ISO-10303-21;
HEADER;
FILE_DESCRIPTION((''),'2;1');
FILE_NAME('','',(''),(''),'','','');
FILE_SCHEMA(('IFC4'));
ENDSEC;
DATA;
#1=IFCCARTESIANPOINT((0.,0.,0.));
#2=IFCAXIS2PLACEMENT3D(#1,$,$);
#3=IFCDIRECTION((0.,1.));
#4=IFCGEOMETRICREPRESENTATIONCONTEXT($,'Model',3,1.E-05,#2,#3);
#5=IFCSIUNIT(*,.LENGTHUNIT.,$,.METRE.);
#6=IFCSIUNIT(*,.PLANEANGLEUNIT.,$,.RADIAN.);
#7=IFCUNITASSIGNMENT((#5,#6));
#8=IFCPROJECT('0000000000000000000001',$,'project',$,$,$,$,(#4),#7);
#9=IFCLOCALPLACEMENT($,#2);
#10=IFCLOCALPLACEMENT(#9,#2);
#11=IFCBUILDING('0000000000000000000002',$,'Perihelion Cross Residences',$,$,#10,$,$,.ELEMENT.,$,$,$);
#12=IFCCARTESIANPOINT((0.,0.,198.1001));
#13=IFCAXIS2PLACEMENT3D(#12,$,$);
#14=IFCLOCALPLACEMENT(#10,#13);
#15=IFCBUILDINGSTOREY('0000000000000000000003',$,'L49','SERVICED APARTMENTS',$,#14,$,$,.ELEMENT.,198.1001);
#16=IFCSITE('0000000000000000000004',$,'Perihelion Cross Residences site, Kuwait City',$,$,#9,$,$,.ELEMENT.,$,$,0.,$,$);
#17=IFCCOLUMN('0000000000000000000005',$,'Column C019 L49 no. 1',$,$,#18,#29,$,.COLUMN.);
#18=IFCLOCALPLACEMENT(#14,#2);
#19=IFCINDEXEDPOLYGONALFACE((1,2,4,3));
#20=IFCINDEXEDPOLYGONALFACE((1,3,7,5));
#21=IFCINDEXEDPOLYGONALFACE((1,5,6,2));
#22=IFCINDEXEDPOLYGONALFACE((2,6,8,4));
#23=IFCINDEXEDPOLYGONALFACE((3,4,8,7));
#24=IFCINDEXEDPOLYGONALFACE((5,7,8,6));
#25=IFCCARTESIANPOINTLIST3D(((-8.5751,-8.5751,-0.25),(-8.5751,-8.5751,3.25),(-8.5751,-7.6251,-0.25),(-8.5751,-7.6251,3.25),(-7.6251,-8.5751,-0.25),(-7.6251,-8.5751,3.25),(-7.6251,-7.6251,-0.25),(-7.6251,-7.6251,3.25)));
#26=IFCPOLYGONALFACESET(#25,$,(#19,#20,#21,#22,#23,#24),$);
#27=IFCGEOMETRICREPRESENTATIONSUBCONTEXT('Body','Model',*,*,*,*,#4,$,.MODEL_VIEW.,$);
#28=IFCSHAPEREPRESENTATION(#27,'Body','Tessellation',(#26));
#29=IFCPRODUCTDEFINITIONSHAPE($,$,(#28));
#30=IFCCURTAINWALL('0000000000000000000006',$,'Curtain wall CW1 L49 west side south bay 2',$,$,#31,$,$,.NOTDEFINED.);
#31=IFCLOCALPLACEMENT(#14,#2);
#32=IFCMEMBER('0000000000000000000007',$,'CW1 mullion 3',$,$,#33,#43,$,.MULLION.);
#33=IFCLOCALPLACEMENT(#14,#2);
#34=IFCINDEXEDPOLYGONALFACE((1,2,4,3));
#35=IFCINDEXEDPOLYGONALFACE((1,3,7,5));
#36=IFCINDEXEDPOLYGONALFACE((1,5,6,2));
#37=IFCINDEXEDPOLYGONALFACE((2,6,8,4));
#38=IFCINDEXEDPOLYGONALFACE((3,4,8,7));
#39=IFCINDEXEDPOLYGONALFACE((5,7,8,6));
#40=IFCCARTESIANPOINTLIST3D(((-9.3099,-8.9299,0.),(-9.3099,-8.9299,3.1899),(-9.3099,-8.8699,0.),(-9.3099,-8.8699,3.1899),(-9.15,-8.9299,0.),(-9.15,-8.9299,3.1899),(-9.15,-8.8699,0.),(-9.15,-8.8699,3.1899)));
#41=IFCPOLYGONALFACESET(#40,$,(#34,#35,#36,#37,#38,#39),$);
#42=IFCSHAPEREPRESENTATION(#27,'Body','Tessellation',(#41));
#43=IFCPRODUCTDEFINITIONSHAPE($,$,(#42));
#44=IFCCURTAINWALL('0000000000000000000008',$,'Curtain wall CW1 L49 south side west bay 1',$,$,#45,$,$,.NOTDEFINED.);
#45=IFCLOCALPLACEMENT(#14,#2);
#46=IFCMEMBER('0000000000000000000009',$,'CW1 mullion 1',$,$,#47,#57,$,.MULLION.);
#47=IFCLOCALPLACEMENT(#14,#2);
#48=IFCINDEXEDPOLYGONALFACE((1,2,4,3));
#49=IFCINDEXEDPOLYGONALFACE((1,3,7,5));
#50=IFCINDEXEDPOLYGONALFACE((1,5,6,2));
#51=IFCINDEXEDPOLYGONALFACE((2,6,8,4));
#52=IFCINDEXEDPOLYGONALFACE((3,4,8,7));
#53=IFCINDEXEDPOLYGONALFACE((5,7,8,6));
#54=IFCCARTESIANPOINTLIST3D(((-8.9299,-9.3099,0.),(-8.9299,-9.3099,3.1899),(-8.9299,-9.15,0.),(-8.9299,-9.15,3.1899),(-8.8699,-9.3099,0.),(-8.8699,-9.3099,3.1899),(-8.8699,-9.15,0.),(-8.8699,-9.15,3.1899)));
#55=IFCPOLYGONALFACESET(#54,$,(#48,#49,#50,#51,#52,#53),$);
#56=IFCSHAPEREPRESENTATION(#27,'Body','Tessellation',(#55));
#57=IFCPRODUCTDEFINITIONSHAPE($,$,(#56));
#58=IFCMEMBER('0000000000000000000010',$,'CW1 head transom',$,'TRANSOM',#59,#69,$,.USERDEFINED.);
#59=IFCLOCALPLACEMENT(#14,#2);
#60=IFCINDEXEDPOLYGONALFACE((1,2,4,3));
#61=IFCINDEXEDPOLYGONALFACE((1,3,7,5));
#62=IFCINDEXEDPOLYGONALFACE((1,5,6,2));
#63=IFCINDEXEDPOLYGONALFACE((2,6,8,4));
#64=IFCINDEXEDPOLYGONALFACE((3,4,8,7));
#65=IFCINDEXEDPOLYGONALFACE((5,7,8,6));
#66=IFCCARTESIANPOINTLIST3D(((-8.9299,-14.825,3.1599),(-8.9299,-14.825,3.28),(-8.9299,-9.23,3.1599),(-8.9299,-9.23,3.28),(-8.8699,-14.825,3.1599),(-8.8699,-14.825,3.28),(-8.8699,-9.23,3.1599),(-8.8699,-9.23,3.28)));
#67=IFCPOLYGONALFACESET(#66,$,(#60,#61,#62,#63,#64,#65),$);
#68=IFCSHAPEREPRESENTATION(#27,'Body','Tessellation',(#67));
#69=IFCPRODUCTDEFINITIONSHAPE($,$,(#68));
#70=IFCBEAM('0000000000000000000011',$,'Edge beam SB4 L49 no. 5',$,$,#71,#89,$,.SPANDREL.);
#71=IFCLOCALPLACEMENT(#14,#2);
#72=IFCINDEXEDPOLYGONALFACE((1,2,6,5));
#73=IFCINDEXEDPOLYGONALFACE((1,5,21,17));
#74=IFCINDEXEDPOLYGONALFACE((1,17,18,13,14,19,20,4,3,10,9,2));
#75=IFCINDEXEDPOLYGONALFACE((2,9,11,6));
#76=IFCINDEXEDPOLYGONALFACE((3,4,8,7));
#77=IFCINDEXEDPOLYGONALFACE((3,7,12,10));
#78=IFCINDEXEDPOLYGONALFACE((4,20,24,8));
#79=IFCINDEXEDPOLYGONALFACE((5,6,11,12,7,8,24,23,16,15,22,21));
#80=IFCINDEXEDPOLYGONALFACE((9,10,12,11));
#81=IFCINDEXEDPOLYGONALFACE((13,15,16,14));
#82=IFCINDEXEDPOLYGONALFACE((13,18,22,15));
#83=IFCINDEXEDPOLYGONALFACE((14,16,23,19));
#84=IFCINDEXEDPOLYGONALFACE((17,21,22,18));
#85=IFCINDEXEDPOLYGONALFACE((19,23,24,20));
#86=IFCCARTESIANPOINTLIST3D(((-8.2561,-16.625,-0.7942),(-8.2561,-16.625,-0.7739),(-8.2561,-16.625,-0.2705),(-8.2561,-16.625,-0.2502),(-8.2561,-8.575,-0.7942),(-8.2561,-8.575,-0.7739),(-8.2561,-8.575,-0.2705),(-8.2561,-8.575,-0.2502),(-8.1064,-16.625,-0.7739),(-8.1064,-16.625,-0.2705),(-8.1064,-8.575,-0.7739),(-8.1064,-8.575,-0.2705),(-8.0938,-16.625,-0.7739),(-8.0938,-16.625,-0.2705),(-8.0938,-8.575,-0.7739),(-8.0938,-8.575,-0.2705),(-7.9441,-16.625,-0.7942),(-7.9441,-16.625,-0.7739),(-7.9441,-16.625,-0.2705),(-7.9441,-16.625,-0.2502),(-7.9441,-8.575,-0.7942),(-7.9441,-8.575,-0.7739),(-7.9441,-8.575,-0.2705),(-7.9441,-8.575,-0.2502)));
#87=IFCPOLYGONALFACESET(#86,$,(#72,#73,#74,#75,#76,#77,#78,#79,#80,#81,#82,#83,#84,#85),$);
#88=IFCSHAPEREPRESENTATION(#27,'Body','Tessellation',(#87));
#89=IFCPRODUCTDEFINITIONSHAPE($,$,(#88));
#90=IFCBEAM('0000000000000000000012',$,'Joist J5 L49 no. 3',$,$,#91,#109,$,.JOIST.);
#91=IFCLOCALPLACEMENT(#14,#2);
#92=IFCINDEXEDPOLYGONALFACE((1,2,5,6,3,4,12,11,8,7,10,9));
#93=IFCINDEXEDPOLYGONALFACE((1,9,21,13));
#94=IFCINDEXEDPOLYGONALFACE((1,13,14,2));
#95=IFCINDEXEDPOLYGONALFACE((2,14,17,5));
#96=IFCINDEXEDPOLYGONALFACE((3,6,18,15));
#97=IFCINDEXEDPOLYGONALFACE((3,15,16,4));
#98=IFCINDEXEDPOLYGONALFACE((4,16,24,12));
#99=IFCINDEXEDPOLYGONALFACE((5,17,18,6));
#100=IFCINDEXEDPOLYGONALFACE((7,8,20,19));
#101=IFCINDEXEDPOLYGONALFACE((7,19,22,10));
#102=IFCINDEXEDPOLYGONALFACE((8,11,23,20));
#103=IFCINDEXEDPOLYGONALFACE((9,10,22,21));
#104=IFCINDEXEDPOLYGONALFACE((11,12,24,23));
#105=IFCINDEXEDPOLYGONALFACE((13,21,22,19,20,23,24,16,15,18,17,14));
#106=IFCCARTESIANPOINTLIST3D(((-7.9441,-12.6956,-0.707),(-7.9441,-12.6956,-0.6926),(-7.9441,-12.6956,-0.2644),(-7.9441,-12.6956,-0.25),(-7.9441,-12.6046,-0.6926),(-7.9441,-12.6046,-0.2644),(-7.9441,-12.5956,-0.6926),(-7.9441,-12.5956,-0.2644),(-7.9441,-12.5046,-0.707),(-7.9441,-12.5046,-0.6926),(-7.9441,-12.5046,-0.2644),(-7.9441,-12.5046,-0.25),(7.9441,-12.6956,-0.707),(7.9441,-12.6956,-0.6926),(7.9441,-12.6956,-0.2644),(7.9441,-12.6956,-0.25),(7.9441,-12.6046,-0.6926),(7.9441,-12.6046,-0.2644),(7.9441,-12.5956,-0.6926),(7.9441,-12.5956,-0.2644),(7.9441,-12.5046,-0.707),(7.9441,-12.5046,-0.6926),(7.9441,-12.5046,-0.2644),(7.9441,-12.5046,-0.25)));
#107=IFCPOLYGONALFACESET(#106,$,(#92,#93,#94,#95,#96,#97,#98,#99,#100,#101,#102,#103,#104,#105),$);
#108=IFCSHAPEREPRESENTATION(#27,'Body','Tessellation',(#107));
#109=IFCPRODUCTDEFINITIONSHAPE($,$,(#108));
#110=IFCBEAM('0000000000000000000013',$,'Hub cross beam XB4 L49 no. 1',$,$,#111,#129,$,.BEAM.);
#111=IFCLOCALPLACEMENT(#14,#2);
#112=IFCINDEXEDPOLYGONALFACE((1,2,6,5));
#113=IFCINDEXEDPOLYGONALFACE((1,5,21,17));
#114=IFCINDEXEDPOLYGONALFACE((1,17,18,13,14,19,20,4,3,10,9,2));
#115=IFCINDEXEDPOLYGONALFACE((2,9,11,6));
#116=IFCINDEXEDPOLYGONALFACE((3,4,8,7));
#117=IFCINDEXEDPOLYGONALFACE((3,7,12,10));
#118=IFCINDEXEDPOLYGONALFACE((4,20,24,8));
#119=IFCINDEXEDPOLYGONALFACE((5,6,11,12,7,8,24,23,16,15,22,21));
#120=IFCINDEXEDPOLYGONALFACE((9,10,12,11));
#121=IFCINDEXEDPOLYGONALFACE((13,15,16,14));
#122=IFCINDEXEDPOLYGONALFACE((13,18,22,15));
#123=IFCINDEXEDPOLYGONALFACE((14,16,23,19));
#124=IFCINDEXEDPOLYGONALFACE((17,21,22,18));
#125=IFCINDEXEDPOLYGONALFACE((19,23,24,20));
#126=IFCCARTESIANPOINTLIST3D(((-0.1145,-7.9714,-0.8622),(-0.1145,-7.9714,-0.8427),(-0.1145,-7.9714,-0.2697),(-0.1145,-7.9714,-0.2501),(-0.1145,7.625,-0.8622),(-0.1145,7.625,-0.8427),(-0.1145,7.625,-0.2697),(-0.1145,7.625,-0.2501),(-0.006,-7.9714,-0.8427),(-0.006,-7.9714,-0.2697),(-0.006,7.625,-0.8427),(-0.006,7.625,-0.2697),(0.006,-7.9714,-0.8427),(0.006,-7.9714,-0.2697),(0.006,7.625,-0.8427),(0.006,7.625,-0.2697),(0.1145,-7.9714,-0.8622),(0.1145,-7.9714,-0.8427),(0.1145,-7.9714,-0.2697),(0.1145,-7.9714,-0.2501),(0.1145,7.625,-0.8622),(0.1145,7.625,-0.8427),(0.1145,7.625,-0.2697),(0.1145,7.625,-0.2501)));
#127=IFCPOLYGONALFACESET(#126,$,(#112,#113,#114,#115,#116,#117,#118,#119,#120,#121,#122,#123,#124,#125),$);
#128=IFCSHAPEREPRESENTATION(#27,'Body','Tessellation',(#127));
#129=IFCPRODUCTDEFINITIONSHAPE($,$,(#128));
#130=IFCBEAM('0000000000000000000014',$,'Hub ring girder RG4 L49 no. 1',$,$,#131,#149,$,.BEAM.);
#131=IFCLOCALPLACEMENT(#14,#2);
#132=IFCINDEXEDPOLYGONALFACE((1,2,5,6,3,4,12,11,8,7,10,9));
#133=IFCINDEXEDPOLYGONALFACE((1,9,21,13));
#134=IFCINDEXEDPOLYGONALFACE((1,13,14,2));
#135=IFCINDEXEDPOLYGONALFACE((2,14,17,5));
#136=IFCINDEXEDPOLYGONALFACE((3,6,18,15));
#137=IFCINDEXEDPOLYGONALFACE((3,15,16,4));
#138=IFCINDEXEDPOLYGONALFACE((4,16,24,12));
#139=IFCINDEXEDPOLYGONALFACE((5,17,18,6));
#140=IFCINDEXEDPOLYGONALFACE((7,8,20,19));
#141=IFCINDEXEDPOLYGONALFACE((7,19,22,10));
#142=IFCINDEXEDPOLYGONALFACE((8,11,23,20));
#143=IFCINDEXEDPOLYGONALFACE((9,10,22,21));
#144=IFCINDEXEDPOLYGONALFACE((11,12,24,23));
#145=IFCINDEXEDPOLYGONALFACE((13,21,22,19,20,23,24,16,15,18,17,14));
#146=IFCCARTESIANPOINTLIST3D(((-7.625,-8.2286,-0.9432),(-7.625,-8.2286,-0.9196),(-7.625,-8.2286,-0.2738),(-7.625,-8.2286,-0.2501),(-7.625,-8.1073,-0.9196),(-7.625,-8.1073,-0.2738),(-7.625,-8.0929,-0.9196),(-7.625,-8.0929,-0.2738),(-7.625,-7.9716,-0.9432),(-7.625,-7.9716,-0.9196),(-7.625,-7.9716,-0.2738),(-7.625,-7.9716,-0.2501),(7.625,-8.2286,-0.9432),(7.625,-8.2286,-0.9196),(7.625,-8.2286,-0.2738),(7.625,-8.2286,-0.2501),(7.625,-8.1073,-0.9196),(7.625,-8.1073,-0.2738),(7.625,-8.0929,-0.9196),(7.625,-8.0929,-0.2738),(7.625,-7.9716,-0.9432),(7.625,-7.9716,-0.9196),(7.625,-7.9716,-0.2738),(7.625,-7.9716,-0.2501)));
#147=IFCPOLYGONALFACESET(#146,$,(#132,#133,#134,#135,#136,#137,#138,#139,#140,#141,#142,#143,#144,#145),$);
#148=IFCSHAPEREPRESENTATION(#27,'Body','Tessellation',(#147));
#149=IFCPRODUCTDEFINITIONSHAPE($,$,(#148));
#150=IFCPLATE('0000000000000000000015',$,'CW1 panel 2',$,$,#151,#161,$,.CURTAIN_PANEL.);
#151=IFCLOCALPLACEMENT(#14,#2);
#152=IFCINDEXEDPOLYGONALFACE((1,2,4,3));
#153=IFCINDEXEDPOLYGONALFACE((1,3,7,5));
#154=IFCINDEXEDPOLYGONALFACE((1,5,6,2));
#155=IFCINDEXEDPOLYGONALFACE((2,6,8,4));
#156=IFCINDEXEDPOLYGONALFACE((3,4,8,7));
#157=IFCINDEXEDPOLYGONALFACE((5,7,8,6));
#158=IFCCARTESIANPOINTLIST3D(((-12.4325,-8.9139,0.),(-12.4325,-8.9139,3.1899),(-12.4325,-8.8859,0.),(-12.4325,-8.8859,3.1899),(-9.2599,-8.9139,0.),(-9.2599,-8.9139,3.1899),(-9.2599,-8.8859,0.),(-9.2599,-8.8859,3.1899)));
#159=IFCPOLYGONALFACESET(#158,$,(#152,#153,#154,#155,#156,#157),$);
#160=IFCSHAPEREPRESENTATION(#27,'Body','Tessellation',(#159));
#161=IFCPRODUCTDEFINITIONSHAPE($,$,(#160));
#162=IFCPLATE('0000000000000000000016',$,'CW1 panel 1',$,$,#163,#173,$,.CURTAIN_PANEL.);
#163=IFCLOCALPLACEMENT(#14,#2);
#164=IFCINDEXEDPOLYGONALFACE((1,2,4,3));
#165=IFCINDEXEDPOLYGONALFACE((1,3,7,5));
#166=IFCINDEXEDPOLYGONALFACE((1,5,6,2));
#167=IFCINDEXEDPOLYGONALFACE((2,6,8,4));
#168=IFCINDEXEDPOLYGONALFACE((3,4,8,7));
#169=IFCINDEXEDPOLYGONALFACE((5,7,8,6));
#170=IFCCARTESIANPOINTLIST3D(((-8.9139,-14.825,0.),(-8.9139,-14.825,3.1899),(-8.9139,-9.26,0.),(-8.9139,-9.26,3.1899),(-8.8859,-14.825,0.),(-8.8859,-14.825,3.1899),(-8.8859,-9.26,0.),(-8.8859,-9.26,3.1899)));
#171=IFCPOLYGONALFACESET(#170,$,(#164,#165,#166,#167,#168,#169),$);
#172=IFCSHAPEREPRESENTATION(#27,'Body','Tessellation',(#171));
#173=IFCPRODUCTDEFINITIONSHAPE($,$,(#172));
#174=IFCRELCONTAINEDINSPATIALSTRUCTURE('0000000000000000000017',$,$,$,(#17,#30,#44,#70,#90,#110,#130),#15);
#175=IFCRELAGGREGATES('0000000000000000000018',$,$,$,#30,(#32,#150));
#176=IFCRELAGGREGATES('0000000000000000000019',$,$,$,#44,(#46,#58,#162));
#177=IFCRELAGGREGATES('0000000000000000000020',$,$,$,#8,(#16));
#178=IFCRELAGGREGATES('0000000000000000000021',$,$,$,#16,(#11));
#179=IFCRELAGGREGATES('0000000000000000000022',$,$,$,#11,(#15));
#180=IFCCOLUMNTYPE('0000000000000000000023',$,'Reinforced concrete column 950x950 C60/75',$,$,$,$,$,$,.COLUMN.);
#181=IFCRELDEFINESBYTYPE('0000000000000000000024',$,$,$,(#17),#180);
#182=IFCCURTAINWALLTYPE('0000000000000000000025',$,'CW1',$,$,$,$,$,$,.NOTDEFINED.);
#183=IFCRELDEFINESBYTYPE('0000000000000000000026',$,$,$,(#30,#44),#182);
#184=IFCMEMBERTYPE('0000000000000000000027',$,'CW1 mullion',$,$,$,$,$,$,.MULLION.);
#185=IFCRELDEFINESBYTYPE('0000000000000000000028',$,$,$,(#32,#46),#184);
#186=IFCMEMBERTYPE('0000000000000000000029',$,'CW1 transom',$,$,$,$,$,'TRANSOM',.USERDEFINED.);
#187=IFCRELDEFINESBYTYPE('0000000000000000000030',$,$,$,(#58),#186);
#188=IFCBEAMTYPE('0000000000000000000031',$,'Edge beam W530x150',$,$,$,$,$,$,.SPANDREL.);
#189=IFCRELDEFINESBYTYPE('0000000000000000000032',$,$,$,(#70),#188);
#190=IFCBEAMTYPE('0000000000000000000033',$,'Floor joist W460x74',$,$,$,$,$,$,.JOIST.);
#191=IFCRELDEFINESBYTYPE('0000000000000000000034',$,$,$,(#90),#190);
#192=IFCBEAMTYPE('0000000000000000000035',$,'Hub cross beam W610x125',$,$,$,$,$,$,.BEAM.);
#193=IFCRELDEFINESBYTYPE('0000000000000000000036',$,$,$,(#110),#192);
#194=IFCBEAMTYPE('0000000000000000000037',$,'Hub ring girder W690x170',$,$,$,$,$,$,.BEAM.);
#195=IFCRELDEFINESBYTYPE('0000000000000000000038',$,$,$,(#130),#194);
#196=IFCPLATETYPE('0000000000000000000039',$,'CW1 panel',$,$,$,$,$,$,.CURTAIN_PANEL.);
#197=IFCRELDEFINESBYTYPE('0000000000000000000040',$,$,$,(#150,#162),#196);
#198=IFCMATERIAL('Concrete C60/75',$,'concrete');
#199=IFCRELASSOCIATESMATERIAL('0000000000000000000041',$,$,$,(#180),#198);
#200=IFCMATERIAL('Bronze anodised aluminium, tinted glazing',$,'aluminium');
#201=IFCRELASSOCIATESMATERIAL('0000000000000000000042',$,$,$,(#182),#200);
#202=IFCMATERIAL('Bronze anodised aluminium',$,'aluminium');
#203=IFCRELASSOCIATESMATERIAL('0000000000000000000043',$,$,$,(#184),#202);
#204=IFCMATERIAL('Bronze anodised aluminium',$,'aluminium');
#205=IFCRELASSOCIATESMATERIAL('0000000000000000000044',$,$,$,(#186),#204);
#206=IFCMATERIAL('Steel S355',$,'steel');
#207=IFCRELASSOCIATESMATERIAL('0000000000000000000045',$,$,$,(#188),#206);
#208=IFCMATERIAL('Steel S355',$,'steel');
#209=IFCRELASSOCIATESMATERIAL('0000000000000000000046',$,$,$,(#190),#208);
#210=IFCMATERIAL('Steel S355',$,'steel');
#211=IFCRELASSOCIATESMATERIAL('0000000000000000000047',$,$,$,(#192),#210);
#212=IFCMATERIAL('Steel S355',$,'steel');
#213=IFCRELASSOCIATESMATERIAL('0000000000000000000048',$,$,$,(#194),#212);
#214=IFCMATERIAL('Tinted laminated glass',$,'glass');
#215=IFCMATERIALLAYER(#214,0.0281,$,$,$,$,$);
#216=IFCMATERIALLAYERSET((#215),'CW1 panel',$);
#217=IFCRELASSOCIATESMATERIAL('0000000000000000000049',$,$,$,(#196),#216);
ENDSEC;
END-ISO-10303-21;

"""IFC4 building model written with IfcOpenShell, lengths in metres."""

from ifc_helpers import new_model, si_unit, direction, frame, origin, origin_2d, place, context, subcontext, project, spatial, rectangle, i_section, extrude, material, layer, layer_set, material_profile, profile_set, type_object, element, aggregate, save


model = new_model("IFC4")

# Units and contexts
model_context = context("Model", 3, precision=1e-05, world=origin(), true_north=direction((0.0, 1.0)))
body_context = subcontext(model_context, "Body", "Model", "MODEL_VIEW")
ifc_project = project(units=[si_unit("LENGTHUNIT", "METRE"), si_unit("PLANEANGLEUNIT", "RADIAN")], contexts=[model_context])

# Site, building, storey
site_placement = place(None, origin())
site = spatial("IfcSite", under=ifc_project, at=site_placement, Name="Perihelion Cross Residences site, Kuwait City", CompositionType="ELEMENT", RefElevation=0.0)
building_placement = place(site_placement, origin())
building = spatial("IfcBuilding", under=site, at=building_placement, Name="Perihelion Cross Residences", CompositionType="ELEMENT")
storey_placement = place(building_placement, frame((0.0, 0.0, 198.1001)))
storey = spatial("IfcBuildingStorey", under=building, at=storey_placement, Name="L49", Description="SERVICED APARTMENTS", CompositionType="ELEMENT", Elevation=198.1001)

# Column
ifc_material_1 = material(Name="Concrete C60/75", Category="concrete")
ifc_material_profile_1 = material_profile(ifc_material_1, rectangle(XDim=0.95, YDim=0.95, at=origin_2d()), Name="RC 950x950")
ifc_profile_set_1 = profile_set([ifc_material_profile_1], Name="Concrete C60/75")
column_type = type_object("IfcColumnType", Name="Reinforced concrete column 950x950 C60/75", PredefinedType="COLUMN", material=ifc_profile_set_1)
column_placement = place(storey_placement, frame((-8.1001, -8.1001, -0.25), z_axis=(0.0, 0.0, 1.0), x_axis=(1.0, 0.0, 0.0)))
element("IfcColumn", 1, at=column_placement, inside=storey, type_object=column_type, Name="Column C019 L49 no. 1", PredefinedType="COLUMN", context=body_context, shape_type="SweptSolid", body=[
    extrude(rectangle(XDim=0.95, YDim=0.95, at=origin_2d()), origin(), (0.0, 0.0, 1.0), 3.5),
])

# Curtain wall, member
ifc_material_2 = material(Name="Bronze anodised aluminium, tinted glazing", Category="aluminium")
curtain_wall_type = type_object("IfcCurtainWallType", Name="CW1", PredefinedType="NOTDEFINED", material=ifc_material_2)
curtain_wall_1_placement = place(storey_placement, origin())
curtain_wall_1 = element("IfcCurtainWall", 2, at=curtain_wall_1_placement, inside=storey, type_object=curtain_wall_type, Name="Curtain wall CW1 L49 west side south bay 2", PredefinedType="NOTDEFINED")
ifc_material_3 = material(Name="Bronze anodised aluminium", Category="aluminium")
ifc_material_profile_2 = material_profile(ifc_material_3, rectangle(XDim=0.0601, YDim=0.1599, at=origin_2d()), Name="CW1 mullion")
ifc_profile_set_2 = profile_set([ifc_material_profile_2], Name="Bronze anodised aluminium")
member_type_1 = type_object("IfcMemberType", Name="CW1 mullion", PredefinedType="MULLION", material=ifc_profile_set_2)
member_1_placement = place(storey_placement, frame((-9.23, -8.8999, 0.0), z_axis=(0.0, 0.0, 1.0), x_axis=(0.0, 1.0, 0.0)))
member_1 = element("IfcMember", 3, at=member_1_placement, type_object=member_type_1, Name="CW1 mullion 3", PredefinedType="MULLION", context=body_context, shape_type="SweptSolid", body=[
    extrude(rectangle(XDim=0.0601, YDim=0.1599, at=origin_2d()), origin(), (0.0, 0.0, 1.0), 3.1899),
])

# Curtain wall, members
curtain_wall_2_placement = place(storey_placement, origin())
curtain_wall_2 = element("IfcCurtainWall", 4, at=curtain_wall_2_placement, inside=storey, type_object=curtain_wall_type, Name="Curtain wall CW1 L49 south side west bay 1", PredefinedType="NOTDEFINED")
member_2_placement = place(storey_placement, frame((-8.8999, -9.23, 0.0), z_axis=(0.0, 0.0, 1.0), x_axis=(1.0, 0.0, 0.0)))
member_2 = element("IfcMember", 5, at=member_2_placement, type_object=member_type_1, Name="CW1 mullion 1", PredefinedType="MULLION", context=body_context, shape_type="SweptSolid", body=[
    extrude(rectangle(XDim=0.0601, YDim=0.1599, at=origin_2d()), origin(), (0.0, 0.0, 1.0), 3.1899),
])
ifc_material_4 = material(Name="Bronze anodised aluminium", Category="aluminium")
ifc_material_profile_3 = material_profile(ifc_material_4, rectangle(XDim=0.0601, YDim=0.1201, at=origin_2d()), Name="CW1 transom")
ifc_profile_set_3 = profile_set([ifc_material_profile_3], Name="Bronze anodised aluminium")
member_type_2 = type_object("IfcMemberType", Name="CW1 transom", ElementType="TRANSOM", PredefinedType="USERDEFINED", material=ifc_profile_set_3)
member_3_placement = place(storey_placement, frame((-8.8999, -9.23, 3.22), z_axis=(0.0, -1.0, 0.0), x_axis=(1.0, 0.0, 0.0)))
member_3 = element("IfcMember", 6, at=member_3_placement, type_object=member_type_2, Name="CW1 head transom", ObjectType="TRANSOM", PredefinedType="USERDEFINED", context=body_context, shape_type="SweptSolid", body=[
    extrude(rectangle(XDim=0.0601, YDim=0.1201, at=origin_2d()), origin(), (0.0, 0.0, 1.0), 5.595),
])

# Beams
ifc_material_5 = material(Name="Steel S355", Category="steel")
ifc_material_profile_4 = material_profile(ifc_material_5, i_section(OverallWidth=0.312, OverallDepth=0.5439, WebThickness=0.0127, FlangeThickness=0.0203, at=origin_2d()), Name="W530x150")
ifc_profile_set_4 = profile_set([ifc_material_profile_4], Name="Steel S355")
beam_type_1 = type_object("IfcBeamType", Name="Edge beam W530x150", PredefinedType="SPANDREL", material=ifc_profile_set_4)
beam_1_placement = place(storey_placement, frame((-8.1001, -8.575, -0.5222), z_axis=(0.0, -1.0, 0.0), x_axis=(1.0, 0.0, 0.0)))
element("IfcBeam", 7, at=beam_1_placement, inside=storey, type_object=beam_type_1, Name="Edge beam SB4 L49 no. 5", PredefinedType="SPANDREL", context=body_context, shape_type="SweptSolid", body=[
    extrude(i_section(OverallWidth=0.312, OverallDepth=0.5439, WebThickness=0.0127, FlangeThickness=0.0203, at=origin_2d()), origin(), (0.0, 0.0, 1.0), 8.05),
])
ifc_material_6 = material(Name="Steel S355", Category="steel")
ifc_material_profile_5 = material_profile(ifc_material_6, i_section(OverallWidth=0.1909, OverallDepth=0.457, WebThickness=0.009, FlangeThickness=0.0144, at=origin_2d()), Name="W460x74")
ifc_profile_set_5 = profile_set([ifc_material_profile_5], Name="Steel S355")
beam_type_2 = type_object("IfcBeamType", Name="Floor joist W460x74", PredefinedType="JOIST", material=ifc_profile_set_5)
beam_2_placement = place(storey_placement, frame((-7.9441, -12.6001, -0.4785), z_axis=(1.0, 0.0, 0.0), x_axis=(0.0, 1.0, 0.0)))
element("IfcBeam", 8, at=beam_2_placement, inside=storey, type_object=beam_type_2, Name="Joist J5 L49 no. 3", PredefinedType="JOIST", context=body_context, shape_type="SweptSolid", body=[
    extrude(i_section(OverallWidth=0.1909, OverallDepth=0.457, WebThickness=0.009, FlangeThickness=0.0144, at=origin_2d()), origin(), (0.0, 0.0, 1.0), 15.8882),
])
ifc_material_7 = material(Name="Steel S355", Category="steel")
ifc_material_profile_6 = material_profile(ifc_material_7, i_section(OverallWidth=0.229, OverallDepth=0.6121, WebThickness=0.012, FlangeThickness=0.0195, at=origin_2d()), Name="W610x125")
ifc_profile_set_6 = profile_set([ifc_material_profile_6], Name="Steel S355")
beam_type_3 = type_object("IfcBeamType", Name="Hub cross beam W610x125", PredefinedType="BEAM", material=ifc_profile_set_6)
beam_3_placement = place(storey_placement, frame((0.0, -7.9714, -0.5562), z_axis=(0.0, 1.0, 0.0), x_axis=(-1.0, 0.0, 0.0)))
element("IfcBeam", 9, at=beam_3_placement, inside=storey, type_object=beam_type_3, Name="Hub cross beam XB4 L49 no. 1", PredefinedType="BEAM", context=body_context, shape_type="SweptSolid", body=[
    extrude(i_section(OverallWidth=0.229, OverallDepth=0.6121, WebThickness=0.012, FlangeThickness=0.0195, at=origin_2d()), origin(), (0.0, 0.0, 1.0), 15.5964),
])
ifc_material_8 = material(Name="Steel S355", Category="steel")
ifc_material_profile_7 = material_profile(ifc_material_8, i_section(OverallWidth=0.2571, OverallDepth=0.6931, WebThickness=0.0144, FlangeThickness=0.0237, at=origin_2d()), Name="W690x170")
ifc_profile_set_7 = profile_set([ifc_material_profile_7], Name="Steel S355")
beam_type_4 = type_object("IfcBeamType", Name="Hub ring girder W690x170", PredefinedType="BEAM", material=ifc_profile_set_7)
beam_4_placement = place(storey_placement, frame((-7.625, -8.1001, -0.5967), z_axis=(1.0, 0.0, 0.0), x_axis=(0.0, 1.0, 0.0)))
element("IfcBeam", 10, at=beam_4_placement, inside=storey, type_object=beam_type_4, Name="Hub ring girder RG4 L49 no. 1", PredefinedType="BEAM", context=body_context, shape_type="SweptSolid", body=[
    extrude(i_section(OverallWidth=0.2571, OverallDepth=0.6931, WebThickness=0.0144, FlangeThickness=0.0237, at=origin_2d()), origin(), (0.0, 0.0, 1.0), 15.25),
])

# Plates
ifc_material_9 = material(Name="Tinted laminated glass", Category="glass")
ifc_layer_1 = layer(ifc_material_9, 0.0281)
ifc_layer_set_1 = layer_set([ifc_layer_1], Name="CW1 panel")
plate_type = type_object("IfcPlateType", Name="CW1 panel", PredefinedType="CURTAIN_PANEL", material=ifc_layer_set_1)
plate_1_placement = place(storey_placement, frame((-10.8462, -8.8999, 0.0), z_axis=(0.0, 0.0, 1.0), x_axis=(1.0, 0.0, 0.0)))
plate_1 = element("IfcPlate", 11, at=plate_1_placement, type_object=plate_type, Name="CW1 panel 2", PredefinedType="CURTAIN_PANEL", context=body_context, shape_type="SweptSolid", body=[
    extrude(rectangle(XDim=3.1726, YDim=0.0281, at=origin_2d()), origin(), (0.0, 0.0, 1.0), 3.1899),
])
aggregate(curtain_wall_1, [member_1, plate_1])
plate_2_placement = place(storey_placement, frame((-8.8999, -12.0425, 0.0), z_axis=(0.0, 0.0, 1.0), x_axis=(0.0, -1.0, 0.0)))
plate_2 = element("IfcPlate", 12, at=plate_2_placement, type_object=plate_type, Name="CW1 panel 1", PredefinedType="CURTAIN_PANEL", context=body_context, shape_type="SweptSolid", body=[
    extrude(rectangle(XDim=5.5649, YDim=0.0281, at=origin_2d()), origin(), (0.0, 0.0, 1.0), 3.1899),
])
aggregate(curtain_wall_2, [member_2, member_3, plate_2])

save(model, "model.ifc")
